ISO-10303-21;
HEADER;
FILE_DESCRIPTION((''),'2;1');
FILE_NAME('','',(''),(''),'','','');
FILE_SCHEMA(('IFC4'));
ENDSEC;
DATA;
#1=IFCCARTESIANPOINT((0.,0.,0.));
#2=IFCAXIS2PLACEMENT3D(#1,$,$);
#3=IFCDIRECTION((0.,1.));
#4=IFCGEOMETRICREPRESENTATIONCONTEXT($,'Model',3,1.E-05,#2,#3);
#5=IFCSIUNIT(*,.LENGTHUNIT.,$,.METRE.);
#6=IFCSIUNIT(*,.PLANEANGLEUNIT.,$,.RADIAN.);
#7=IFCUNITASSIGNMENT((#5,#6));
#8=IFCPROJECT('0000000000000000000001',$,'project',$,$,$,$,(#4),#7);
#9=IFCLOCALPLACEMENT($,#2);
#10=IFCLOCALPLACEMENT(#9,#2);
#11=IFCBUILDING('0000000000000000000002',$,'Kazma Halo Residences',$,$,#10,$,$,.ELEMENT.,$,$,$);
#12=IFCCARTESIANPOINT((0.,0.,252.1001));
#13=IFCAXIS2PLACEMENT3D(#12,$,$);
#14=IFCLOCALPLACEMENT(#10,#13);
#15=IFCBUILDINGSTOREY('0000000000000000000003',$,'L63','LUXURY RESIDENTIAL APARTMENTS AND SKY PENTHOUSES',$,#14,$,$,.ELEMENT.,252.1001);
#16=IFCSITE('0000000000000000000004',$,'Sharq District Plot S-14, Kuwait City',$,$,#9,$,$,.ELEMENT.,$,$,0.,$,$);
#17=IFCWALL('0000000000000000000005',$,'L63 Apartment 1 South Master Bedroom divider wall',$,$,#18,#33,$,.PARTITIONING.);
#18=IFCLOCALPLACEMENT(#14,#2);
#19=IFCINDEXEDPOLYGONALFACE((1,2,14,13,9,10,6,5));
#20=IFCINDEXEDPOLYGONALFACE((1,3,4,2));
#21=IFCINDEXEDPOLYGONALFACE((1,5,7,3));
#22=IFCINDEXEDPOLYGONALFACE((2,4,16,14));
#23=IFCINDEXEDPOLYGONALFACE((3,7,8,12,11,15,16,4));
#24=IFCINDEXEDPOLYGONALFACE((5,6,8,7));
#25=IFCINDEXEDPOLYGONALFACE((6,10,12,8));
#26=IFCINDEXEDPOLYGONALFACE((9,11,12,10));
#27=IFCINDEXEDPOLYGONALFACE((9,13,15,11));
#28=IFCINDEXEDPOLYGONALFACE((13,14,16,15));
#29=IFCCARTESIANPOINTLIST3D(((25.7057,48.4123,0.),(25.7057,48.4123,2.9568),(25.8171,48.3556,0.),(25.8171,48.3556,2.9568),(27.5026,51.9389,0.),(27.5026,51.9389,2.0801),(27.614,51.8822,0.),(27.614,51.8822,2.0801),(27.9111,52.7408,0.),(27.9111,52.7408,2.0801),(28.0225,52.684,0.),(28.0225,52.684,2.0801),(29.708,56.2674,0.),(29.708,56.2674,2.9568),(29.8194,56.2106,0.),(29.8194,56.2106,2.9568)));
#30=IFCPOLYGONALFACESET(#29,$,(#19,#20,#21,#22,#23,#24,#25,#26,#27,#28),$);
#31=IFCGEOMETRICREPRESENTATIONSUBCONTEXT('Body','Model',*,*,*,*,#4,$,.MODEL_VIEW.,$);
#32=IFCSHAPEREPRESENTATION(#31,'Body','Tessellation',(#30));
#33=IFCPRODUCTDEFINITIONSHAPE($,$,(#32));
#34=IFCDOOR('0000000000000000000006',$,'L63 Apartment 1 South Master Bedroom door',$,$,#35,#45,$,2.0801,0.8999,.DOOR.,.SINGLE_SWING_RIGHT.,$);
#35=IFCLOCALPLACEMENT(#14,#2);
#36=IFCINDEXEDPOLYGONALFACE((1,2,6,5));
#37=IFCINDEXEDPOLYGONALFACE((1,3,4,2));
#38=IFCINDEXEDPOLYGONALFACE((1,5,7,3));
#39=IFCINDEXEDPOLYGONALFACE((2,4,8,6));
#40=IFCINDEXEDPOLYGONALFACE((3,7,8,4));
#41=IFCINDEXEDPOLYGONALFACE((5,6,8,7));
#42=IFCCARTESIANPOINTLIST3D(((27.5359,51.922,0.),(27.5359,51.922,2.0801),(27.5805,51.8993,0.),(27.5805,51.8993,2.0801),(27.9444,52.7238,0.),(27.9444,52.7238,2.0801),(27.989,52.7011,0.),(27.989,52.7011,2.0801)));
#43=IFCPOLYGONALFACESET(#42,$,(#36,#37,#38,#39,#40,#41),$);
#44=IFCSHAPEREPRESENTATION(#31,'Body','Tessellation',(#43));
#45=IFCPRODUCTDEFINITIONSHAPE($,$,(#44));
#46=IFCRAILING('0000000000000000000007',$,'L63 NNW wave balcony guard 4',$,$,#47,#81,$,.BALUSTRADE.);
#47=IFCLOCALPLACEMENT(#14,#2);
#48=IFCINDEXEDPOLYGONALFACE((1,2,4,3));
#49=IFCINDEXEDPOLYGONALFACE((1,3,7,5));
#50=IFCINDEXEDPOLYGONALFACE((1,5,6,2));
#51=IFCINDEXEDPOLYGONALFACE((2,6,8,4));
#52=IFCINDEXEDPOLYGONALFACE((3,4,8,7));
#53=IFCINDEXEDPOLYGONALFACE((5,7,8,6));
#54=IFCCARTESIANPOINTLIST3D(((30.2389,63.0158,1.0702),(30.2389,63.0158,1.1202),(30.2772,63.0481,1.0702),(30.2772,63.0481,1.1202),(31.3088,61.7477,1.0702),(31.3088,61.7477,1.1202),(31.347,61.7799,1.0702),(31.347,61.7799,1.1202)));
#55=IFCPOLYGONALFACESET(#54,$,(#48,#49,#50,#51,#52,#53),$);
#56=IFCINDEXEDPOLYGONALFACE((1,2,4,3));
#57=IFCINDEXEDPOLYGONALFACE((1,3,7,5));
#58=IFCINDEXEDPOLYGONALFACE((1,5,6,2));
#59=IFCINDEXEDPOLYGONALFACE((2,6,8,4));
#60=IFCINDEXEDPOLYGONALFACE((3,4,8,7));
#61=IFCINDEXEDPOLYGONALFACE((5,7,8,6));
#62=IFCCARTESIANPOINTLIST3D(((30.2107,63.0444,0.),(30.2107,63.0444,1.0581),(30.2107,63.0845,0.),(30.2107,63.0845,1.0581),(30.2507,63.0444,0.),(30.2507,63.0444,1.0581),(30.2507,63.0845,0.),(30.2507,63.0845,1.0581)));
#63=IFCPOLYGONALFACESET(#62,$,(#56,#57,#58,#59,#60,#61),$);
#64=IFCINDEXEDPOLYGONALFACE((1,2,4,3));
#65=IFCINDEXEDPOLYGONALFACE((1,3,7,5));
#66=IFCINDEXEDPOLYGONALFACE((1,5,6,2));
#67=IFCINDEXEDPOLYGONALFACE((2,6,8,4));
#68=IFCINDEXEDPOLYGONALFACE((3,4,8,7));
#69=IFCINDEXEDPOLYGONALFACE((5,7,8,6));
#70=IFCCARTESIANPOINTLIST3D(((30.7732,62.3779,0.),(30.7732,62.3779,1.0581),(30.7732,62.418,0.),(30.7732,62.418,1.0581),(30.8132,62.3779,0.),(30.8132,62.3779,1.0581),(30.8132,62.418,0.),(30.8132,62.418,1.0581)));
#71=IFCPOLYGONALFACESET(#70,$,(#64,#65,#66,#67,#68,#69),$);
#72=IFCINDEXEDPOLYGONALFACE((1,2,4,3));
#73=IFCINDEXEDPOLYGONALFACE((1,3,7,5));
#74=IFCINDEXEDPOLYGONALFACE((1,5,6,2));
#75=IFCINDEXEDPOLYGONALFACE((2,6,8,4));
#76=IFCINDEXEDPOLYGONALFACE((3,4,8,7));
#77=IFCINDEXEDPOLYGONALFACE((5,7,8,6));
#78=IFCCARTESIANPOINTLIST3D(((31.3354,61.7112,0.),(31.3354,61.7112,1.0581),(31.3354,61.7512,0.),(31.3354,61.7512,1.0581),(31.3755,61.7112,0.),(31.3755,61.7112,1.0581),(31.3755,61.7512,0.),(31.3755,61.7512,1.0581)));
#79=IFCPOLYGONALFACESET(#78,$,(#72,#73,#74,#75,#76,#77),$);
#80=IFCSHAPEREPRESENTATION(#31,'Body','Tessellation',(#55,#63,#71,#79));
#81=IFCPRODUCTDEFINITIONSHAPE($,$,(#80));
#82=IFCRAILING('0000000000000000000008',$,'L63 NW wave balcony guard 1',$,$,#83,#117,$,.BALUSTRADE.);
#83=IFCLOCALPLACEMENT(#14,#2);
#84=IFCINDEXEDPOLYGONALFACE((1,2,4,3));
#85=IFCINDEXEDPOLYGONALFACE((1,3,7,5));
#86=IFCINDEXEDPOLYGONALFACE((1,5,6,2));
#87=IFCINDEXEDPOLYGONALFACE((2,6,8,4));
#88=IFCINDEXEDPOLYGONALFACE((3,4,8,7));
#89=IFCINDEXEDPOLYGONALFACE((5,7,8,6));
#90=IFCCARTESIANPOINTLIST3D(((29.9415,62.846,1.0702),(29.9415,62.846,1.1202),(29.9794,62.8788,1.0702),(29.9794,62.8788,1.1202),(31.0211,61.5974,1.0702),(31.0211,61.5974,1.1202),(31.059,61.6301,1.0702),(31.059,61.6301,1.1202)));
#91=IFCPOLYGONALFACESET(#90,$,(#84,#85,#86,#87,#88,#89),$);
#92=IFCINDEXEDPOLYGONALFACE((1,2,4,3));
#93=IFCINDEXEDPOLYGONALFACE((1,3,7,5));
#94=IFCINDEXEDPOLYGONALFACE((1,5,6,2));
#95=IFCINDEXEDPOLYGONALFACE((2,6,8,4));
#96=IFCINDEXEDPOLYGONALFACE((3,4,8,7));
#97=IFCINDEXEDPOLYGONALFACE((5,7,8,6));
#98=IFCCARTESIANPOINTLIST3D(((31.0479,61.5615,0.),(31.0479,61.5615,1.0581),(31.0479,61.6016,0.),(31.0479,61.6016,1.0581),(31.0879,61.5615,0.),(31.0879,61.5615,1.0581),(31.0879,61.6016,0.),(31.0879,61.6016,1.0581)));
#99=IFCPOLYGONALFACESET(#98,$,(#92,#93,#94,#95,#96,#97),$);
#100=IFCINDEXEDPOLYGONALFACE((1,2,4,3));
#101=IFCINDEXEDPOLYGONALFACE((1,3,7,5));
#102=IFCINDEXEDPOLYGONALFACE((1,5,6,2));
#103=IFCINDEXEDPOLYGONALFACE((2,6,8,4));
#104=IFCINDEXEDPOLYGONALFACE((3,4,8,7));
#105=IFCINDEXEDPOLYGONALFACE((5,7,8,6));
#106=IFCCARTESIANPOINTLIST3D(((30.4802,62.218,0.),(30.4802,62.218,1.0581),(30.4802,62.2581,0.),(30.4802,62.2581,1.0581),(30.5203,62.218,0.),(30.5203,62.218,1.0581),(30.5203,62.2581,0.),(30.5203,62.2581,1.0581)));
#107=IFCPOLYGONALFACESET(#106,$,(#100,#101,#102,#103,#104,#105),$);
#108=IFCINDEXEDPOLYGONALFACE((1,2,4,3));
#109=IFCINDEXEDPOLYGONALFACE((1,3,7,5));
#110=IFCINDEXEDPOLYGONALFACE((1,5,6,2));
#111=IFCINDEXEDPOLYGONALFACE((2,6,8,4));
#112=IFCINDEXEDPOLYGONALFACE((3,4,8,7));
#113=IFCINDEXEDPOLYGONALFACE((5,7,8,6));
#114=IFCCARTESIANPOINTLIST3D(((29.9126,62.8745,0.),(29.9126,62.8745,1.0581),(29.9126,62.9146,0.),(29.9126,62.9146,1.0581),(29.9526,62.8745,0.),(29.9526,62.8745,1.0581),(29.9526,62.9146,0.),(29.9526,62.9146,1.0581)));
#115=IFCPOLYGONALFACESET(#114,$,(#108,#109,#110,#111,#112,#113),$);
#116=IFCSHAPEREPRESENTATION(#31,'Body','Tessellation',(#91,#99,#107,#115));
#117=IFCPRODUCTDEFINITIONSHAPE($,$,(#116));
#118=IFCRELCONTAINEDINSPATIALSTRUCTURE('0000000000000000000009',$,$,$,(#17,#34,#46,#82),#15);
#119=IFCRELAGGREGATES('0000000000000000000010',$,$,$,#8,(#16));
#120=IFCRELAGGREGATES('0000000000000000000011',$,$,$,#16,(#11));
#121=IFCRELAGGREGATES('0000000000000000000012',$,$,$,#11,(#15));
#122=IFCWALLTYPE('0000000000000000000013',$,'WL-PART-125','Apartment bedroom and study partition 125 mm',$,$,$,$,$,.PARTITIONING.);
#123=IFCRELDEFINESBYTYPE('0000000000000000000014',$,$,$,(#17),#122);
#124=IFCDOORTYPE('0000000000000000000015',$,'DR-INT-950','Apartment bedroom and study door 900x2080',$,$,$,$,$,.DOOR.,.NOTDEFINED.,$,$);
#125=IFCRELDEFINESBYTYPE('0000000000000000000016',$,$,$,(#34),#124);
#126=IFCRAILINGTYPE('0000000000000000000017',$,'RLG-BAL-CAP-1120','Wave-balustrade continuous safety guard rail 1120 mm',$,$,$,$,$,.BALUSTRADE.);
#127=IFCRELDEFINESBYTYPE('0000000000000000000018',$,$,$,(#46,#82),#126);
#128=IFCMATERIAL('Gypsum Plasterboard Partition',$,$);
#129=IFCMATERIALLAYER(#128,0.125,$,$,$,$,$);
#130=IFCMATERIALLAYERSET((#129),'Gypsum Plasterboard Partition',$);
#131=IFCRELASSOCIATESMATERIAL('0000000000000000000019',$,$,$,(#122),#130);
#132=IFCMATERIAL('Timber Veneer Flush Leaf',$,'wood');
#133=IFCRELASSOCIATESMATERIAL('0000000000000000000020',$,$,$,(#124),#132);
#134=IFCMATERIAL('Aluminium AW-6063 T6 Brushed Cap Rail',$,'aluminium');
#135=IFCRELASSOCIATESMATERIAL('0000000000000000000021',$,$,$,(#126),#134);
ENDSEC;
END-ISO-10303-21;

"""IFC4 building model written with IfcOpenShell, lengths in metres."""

from ifc_helpers import new_model, si_unit, direction, frame, frame_2d, origin, origin_2d, place, context, subcontext, project, spatial, rectangle, extrude, material, layer, layer_set, type_object, element, fill, save


model = new_model("IFC4")

# Units and contexts
model_context = context("Model", 3, precision=1e-05, world=origin(), true_north=direction((0.0, 1.0)))
body_context = subcontext(model_context, "Body", "Model", "MODEL_VIEW")
ifc_project = project(units=[si_unit("LENGTHUNIT", "METRE"), si_unit("PLANEANGLEUNIT", "RADIAN")], contexts=[model_context])

# Site, building, storey
site_placement = place(None, origin())
site = spatial("IfcSite", under=ifc_project, at=site_placement, Name="Sharq District Plot S-14, Kuwait City", CompositionType="ELEMENT", RefElevation=0.0)
building_placement = place(site_placement, origin())
building = spatial("IfcBuilding", under=site, at=building_placement, Name="Kazma Halo Residences", CompositionType="ELEMENT")
storey_placement = place(building_placement, frame((0.0, 0.0, 252.1001)))
storey = spatial("IfcBuildingStorey", under=building, at=storey_placement, Name="L63", Description="LUXURY RESIDENTIAL APARTMENTS AND SKY PENTHOUSES", CompositionType="ELEMENT", Elevation=252.1001)

# Shared definitions
ifc_material_1 = material(Name="Gypsum Plasterboard Partition")
ifc_layer_1 = layer(ifc_material_1, 0.125)
ifc_layer_set_1 = layer_set([ifc_layer_1], Name="Gypsum Plasterboard Partition")
wall_type_1 = type_object("IfcWallType", Name="WL-PART-125", Description="Apartment bedroom and study partition 125 mm", PredefinedType="PARTITIONING", material=ifc_layer_set_1)

# Wall, opening, door
ifc_material_2 = material(Name="Timber Veneer Flush Leaf", Category="wood")
door_type_1 = type_object("IfcDoorType", Name="DR-INT-950", Description="Apartment bedroom and study door 900x2080", OperationType="NOTDEFINED", PredefinedType="DOOR", material=ifc_material_2)
wall_1_placement = place(storey_placement, frame((29.7637, 56.239, 0.0), z_axis=(0.0, 0.0, 1.0), x_axis=(-0.45398, -0.891012, 0.0)))
wall_1 = element("IfcWall", 1, at=wall_1_placement, inside=storey, type_object=wall_type_1, Name="L63 Apartment 1 South Master Bedroom divider wall", PredefinedType="PARTITIONING", context=body_context, shape_type="SweptSolid", body=[
    extrude(rectangle(XDim=8.8159, YDim=0.125, at=frame_2d((4.408, 0.0))), origin(), (0.0, 0.0, 1.0), 2.9568),
])
opening_1_placement = place(wall_1_placement, frame((3.958, 0.0, 0.0)))
opening_1 = element("IfcOpeningElement", 2, at=opening_1_placement, cuts=wall_1, PredefinedType="OPENING", context=body_context, shape_type="SweptSolid", body=[
    extrude(rectangle(XDim=0.8999, YDim=2.0801, at=frame_2d((0.45, 1.04))), frame((0.0, 0.0725, 0.0), z_axis=(0.0, -1.0, 0.0), x_axis=(1.0, 0.0, 0.0)), (0.0, 0.0, 1.0), 0.145),
])
door_1_placement = place(opening_1_placement, origin())
door_1 = element("IfcDoor", 3, at=door_1_placement, inside=storey, type_object=door_type_1, Name="L63 Apartment 1 South Master Bedroom door", OperationType="SINGLE_SWING_RIGHT", OverallHeight=2.0801, OverallWidth=0.8999, PredefinedType="DOOR", context=body_context, shape_type="SweptSolid", body=[
    extrude(rectangle(XDim=0.8999, YDim=2.0801, at=frame_2d((0.45, 1.04))), frame((0.0, 0.0249, 0.0), z_axis=(0.0, -1.0, 0.0), x_axis=(1.0, 0.0, 0.0)), (0.0, 0.0, 1.0), 0.05),
])
fill(opening_1, door_1)

# Railings
ifc_material_3 = material(Name="Aluminium AW-6063 T6 Brushed Cap Rail", Category="aluminium")
railing_type = type_object("IfcRailingType", Name="RLG-BAL-CAP-1120", Description="Wave-balustrade continuous safety guard rail 1120 mm", PredefinedType="BALUSTRADE", material=ifc_material_3)
railing_1_placement = place(storey_placement, frame((30.2307, 63.0645, 0.0)))
element("IfcRailing", 4, at=railing_1_placement, inside=storey, type_object=railing_type, Name="L63 NNW wave balcony guard 4", PredefinedType="BALUSTRADE", context=body_context, shape_type="SweptSolid", body=[
    extrude(rectangle(XDim=0.05, YDim=0.05, at=origin_2d()), frame((0.0273, -0.0325, 1.0952), z_axis=(0.644812, -0.764341, 0.0), x_axis=(0.764341, 0.644812, 0.0)), (0.0, 0.0, 1.0), 1.6592),
    extrude(rectangle(XDim=0.04, YDim=0.04, at=origin_2d()), origin(), (0.0, 0.0, 1.0), 1.0581),
    extrude(rectangle(XDim=0.04, YDim=0.04, at=origin_2d()), frame((0.5625, -0.6665, 0.0)), (0.0, 0.0, 1.0), 1.0581),
    extrude(rectangle(XDim=0.04, YDim=0.04, at=origin_2d()), frame((1.1248, -1.3333, 0.0)), (0.0, 0.0, 1.0), 1.0581),
])
railing_2_placement = place(storey_placement, frame((31.0679, 61.5815, 0.0)))
element("IfcRailing", 5, at=railing_2_placement, inside=storey, type_object=railing_type, Name="L63 NW wave balcony guard 1", PredefinedType="BALUSTRADE", context=body_context, shape_type="SweptSolid", body=[
    extrude(rectangle(XDim=0.05, YDim=0.05, at=origin_2d()), frame((-0.0278, 0.0322, 1.0952), z_axis=(-0.654052, 0.75645, 0.0), x_axis=(-0.75645, -0.654052, 0.0)), (0.0, 0.0, 1.0), 1.6506),
    extrude(rectangle(XDim=0.04, YDim=0.04, at=origin_2d()), origin(), (0.0, 0.0, 1.0), 1.0581),
    extrude(rectangle(XDim=0.04, YDim=0.04, at=origin_2d()), frame((-0.5676, 0.6565, 0.0)), (0.0, 0.0, 1.0), 1.0581),
    extrude(rectangle(XDim=0.04, YDim=0.04, at=origin_2d()), frame((-1.1353, 1.313, 0.0)), (0.0, 0.0, 1.0), 1.0581),
])

save(model, "model.ifc")
